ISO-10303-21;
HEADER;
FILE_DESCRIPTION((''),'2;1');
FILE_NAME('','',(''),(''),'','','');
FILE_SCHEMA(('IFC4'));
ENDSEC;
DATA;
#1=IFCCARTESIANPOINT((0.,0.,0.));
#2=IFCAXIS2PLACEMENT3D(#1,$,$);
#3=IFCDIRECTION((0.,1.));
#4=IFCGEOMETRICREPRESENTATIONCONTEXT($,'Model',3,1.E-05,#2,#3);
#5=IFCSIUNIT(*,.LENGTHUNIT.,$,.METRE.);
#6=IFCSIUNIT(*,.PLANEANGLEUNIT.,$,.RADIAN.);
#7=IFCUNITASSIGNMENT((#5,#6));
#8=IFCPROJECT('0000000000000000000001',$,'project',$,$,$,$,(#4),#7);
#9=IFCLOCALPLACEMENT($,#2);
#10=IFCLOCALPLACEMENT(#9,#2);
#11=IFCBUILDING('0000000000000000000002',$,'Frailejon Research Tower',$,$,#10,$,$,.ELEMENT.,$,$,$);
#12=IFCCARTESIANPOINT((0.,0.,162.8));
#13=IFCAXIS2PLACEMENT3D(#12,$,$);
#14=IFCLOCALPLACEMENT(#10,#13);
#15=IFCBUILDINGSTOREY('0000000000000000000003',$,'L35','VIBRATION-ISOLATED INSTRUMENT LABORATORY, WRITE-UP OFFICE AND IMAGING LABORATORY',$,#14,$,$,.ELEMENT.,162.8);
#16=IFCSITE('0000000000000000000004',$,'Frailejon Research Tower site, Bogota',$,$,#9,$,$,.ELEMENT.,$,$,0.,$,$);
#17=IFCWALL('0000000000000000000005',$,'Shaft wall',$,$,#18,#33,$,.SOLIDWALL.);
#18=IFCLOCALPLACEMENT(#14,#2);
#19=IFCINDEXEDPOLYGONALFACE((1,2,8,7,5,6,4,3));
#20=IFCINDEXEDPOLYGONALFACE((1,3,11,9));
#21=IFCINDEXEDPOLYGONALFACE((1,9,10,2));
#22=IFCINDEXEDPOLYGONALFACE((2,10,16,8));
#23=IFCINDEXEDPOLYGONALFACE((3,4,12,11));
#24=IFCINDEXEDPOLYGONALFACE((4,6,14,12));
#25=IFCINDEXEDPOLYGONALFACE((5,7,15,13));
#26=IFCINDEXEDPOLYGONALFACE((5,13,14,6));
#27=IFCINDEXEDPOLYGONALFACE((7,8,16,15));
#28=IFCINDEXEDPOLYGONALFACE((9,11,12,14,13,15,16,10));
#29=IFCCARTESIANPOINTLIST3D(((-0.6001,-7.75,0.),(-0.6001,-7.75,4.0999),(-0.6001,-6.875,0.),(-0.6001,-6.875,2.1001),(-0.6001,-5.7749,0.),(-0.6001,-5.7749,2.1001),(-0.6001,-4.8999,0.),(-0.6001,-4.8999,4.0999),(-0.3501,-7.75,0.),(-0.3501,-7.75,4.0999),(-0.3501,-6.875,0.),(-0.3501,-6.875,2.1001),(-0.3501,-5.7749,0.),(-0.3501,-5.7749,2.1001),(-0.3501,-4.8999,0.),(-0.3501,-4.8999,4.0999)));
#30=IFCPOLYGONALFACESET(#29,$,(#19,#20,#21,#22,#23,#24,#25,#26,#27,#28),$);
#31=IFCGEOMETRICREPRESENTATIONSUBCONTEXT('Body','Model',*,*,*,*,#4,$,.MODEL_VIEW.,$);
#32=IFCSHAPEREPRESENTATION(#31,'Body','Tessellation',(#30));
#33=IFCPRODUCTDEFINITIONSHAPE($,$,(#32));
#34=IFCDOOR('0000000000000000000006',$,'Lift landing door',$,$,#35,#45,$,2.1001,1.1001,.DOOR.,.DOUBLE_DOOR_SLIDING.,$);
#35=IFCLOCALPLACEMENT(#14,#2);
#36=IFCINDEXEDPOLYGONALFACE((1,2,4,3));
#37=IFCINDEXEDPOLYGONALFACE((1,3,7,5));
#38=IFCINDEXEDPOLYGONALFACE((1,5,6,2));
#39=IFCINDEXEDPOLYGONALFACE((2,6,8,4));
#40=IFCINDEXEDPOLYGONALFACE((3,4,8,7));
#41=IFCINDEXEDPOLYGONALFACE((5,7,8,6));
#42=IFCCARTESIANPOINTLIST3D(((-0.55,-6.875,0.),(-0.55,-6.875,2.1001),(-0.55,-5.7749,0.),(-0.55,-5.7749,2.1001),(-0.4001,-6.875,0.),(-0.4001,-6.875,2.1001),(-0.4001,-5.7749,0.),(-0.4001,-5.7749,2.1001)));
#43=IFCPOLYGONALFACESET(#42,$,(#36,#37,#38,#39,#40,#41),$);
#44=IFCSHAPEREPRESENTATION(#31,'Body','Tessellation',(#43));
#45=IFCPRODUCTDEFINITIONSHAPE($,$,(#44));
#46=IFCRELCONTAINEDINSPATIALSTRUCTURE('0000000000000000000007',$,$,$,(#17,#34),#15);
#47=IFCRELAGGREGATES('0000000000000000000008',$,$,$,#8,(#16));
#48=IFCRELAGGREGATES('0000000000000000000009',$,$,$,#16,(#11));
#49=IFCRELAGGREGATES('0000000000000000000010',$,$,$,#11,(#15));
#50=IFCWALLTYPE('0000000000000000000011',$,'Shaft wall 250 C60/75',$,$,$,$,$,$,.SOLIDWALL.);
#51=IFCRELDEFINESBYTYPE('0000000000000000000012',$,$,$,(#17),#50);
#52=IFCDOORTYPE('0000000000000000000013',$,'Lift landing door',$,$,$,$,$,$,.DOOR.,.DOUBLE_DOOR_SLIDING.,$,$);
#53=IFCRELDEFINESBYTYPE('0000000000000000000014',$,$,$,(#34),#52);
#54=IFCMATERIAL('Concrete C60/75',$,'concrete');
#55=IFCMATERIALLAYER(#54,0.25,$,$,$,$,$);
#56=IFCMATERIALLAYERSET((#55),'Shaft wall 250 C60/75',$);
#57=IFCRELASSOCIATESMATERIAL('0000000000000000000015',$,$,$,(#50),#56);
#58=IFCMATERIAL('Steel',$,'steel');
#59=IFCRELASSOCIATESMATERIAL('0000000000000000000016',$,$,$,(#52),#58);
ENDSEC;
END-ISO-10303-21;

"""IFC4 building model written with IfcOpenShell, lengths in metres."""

from ifc_helpers import new_model, si_unit, direction, frame, frame_2d, origin, place, context, subcontext, project, spatial, rectangle, extrude, material, layer, layer_set, type_object, element, fill, save


model = new_model("IFC4")

# Units and contexts
model_context = context("Model", 3, precision=1e-05, world=origin(), true_north=direction((0.0, 1.0)))
body_context = subcontext(model_context, "Body", "Model", "MODEL_VIEW")
ifc_project = project(units=[si_unit("LENGTHUNIT", "METRE"), si_unit("PLANEANGLEUNIT", "RADIAN")], contexts=[model_context])

# Site, building, storey
site_placement = place(None, origin())
site = spatial("IfcSite", under=ifc_project, at=site_placement, Name="Frailejon Research Tower site, Bogota", CompositionType="ELEMENT", RefElevation=0.0)
building_placement = place(site_placement, origin())
building = spatial("IfcBuilding", under=site, at=building_placement, Name="Frailejon Research Tower", CompositionType="ELEMENT")
storey_placement = place(building_placement, frame((0.0, 0.0, 162.8)))
storey = spatial("IfcBuildingStorey", under=building, at=storey_placement, Name="L35", Description="VIBRATION-ISOLATED INSTRUMENT LABORATORY, WRITE-UP OFFICE AND IMAGING LABORATORY", CompositionType="ELEMENT", Elevation=162.8)

# Shared definitions
ifc_material_1 = material(Name="Concrete C60/75", Category="concrete")
ifc_layer_1 = layer(ifc_material_1, 0.25)
ifc_layer_set_1 = layer_set([ifc_layer_1], Name="Shaft wall 250 C60/75")
wall_type_1 = type_object("IfcWallType", Name="Shaft wall 250 C60/75", PredefinedType="SOLIDWALL", material=ifc_layer_set_1)

# Wall, opening, door
wall_1_placement = place(storey_placement, frame((-0.4751, -7.75, 0.0), z_axis=(0.0, 0.0, 1.0), x_axis=(0.0, 1.0, 0.0)))
wall_1 = element("IfcWall", 1, at=wall_1_placement, inside=storey, type_object=wall_type_1, Name="Shaft wall", PredefinedType="SOLIDWALL", context=body_context, shape_type="SweptSolid", body=[
    extrude(rectangle(XDim=2.8501, YDim=0.25, at=frame_2d((1.425, 0.0))), origin(), (0.0, 0.0, 1.0), 4.0999),
])
opening_1_placement = place(wall_1_placement, frame((0.875, 0.0, 0.0)))
opening_1 = element("IfcOpeningElement", 2, at=opening_1_placement, cuts=wall_1, PredefinedType="OPENING", context=body_context, shape_type="SweptSolid", body=[
    extrude(rectangle(XDim=1.1001, YDim=2.1001, at=frame_2d((0.55, 1.05))), frame((0.0, 0.135, 0.0), z_axis=(0.0, -1.0, 0.0), x_axis=(1.0, 0.0, 0.0)), (0.0, 0.0, 1.0), 0.27),
])
ifc_material_2 = material(Name="Steel", Category="steel")
door_type_1 = type_object("IfcDoorType", Name="Lift landing door", OperationType="DOUBLE_DOOR_SLIDING", PredefinedType="DOOR", material=ifc_material_2)
door_1_placement = place(opening_1_placement, origin())
door_1 = element("IfcDoor", 3, at=door_1_placement, inside=storey, type_object=door_type_1, Name="Lift landing door", OperationType="DOUBLE_DOOR_SLIDING", OverallHeight=2.1001, OverallWidth=1.1001, PredefinedType="DOOR", context=body_context, shape_type="SweptSolid", body=[
    extrude(rectangle(XDim=1.1001, YDim=2.1001, at=frame_2d((0.55, 1.05))), frame((0.0, 0.075, 0.0), z_axis=(0.0, -1.0, 0.0), x_axis=(1.0, 0.0, 0.0)), (0.0, 0.0, 1.0), 0.1499),
])
fill(opening_1, door_1)

save(model, "model.ifc")
